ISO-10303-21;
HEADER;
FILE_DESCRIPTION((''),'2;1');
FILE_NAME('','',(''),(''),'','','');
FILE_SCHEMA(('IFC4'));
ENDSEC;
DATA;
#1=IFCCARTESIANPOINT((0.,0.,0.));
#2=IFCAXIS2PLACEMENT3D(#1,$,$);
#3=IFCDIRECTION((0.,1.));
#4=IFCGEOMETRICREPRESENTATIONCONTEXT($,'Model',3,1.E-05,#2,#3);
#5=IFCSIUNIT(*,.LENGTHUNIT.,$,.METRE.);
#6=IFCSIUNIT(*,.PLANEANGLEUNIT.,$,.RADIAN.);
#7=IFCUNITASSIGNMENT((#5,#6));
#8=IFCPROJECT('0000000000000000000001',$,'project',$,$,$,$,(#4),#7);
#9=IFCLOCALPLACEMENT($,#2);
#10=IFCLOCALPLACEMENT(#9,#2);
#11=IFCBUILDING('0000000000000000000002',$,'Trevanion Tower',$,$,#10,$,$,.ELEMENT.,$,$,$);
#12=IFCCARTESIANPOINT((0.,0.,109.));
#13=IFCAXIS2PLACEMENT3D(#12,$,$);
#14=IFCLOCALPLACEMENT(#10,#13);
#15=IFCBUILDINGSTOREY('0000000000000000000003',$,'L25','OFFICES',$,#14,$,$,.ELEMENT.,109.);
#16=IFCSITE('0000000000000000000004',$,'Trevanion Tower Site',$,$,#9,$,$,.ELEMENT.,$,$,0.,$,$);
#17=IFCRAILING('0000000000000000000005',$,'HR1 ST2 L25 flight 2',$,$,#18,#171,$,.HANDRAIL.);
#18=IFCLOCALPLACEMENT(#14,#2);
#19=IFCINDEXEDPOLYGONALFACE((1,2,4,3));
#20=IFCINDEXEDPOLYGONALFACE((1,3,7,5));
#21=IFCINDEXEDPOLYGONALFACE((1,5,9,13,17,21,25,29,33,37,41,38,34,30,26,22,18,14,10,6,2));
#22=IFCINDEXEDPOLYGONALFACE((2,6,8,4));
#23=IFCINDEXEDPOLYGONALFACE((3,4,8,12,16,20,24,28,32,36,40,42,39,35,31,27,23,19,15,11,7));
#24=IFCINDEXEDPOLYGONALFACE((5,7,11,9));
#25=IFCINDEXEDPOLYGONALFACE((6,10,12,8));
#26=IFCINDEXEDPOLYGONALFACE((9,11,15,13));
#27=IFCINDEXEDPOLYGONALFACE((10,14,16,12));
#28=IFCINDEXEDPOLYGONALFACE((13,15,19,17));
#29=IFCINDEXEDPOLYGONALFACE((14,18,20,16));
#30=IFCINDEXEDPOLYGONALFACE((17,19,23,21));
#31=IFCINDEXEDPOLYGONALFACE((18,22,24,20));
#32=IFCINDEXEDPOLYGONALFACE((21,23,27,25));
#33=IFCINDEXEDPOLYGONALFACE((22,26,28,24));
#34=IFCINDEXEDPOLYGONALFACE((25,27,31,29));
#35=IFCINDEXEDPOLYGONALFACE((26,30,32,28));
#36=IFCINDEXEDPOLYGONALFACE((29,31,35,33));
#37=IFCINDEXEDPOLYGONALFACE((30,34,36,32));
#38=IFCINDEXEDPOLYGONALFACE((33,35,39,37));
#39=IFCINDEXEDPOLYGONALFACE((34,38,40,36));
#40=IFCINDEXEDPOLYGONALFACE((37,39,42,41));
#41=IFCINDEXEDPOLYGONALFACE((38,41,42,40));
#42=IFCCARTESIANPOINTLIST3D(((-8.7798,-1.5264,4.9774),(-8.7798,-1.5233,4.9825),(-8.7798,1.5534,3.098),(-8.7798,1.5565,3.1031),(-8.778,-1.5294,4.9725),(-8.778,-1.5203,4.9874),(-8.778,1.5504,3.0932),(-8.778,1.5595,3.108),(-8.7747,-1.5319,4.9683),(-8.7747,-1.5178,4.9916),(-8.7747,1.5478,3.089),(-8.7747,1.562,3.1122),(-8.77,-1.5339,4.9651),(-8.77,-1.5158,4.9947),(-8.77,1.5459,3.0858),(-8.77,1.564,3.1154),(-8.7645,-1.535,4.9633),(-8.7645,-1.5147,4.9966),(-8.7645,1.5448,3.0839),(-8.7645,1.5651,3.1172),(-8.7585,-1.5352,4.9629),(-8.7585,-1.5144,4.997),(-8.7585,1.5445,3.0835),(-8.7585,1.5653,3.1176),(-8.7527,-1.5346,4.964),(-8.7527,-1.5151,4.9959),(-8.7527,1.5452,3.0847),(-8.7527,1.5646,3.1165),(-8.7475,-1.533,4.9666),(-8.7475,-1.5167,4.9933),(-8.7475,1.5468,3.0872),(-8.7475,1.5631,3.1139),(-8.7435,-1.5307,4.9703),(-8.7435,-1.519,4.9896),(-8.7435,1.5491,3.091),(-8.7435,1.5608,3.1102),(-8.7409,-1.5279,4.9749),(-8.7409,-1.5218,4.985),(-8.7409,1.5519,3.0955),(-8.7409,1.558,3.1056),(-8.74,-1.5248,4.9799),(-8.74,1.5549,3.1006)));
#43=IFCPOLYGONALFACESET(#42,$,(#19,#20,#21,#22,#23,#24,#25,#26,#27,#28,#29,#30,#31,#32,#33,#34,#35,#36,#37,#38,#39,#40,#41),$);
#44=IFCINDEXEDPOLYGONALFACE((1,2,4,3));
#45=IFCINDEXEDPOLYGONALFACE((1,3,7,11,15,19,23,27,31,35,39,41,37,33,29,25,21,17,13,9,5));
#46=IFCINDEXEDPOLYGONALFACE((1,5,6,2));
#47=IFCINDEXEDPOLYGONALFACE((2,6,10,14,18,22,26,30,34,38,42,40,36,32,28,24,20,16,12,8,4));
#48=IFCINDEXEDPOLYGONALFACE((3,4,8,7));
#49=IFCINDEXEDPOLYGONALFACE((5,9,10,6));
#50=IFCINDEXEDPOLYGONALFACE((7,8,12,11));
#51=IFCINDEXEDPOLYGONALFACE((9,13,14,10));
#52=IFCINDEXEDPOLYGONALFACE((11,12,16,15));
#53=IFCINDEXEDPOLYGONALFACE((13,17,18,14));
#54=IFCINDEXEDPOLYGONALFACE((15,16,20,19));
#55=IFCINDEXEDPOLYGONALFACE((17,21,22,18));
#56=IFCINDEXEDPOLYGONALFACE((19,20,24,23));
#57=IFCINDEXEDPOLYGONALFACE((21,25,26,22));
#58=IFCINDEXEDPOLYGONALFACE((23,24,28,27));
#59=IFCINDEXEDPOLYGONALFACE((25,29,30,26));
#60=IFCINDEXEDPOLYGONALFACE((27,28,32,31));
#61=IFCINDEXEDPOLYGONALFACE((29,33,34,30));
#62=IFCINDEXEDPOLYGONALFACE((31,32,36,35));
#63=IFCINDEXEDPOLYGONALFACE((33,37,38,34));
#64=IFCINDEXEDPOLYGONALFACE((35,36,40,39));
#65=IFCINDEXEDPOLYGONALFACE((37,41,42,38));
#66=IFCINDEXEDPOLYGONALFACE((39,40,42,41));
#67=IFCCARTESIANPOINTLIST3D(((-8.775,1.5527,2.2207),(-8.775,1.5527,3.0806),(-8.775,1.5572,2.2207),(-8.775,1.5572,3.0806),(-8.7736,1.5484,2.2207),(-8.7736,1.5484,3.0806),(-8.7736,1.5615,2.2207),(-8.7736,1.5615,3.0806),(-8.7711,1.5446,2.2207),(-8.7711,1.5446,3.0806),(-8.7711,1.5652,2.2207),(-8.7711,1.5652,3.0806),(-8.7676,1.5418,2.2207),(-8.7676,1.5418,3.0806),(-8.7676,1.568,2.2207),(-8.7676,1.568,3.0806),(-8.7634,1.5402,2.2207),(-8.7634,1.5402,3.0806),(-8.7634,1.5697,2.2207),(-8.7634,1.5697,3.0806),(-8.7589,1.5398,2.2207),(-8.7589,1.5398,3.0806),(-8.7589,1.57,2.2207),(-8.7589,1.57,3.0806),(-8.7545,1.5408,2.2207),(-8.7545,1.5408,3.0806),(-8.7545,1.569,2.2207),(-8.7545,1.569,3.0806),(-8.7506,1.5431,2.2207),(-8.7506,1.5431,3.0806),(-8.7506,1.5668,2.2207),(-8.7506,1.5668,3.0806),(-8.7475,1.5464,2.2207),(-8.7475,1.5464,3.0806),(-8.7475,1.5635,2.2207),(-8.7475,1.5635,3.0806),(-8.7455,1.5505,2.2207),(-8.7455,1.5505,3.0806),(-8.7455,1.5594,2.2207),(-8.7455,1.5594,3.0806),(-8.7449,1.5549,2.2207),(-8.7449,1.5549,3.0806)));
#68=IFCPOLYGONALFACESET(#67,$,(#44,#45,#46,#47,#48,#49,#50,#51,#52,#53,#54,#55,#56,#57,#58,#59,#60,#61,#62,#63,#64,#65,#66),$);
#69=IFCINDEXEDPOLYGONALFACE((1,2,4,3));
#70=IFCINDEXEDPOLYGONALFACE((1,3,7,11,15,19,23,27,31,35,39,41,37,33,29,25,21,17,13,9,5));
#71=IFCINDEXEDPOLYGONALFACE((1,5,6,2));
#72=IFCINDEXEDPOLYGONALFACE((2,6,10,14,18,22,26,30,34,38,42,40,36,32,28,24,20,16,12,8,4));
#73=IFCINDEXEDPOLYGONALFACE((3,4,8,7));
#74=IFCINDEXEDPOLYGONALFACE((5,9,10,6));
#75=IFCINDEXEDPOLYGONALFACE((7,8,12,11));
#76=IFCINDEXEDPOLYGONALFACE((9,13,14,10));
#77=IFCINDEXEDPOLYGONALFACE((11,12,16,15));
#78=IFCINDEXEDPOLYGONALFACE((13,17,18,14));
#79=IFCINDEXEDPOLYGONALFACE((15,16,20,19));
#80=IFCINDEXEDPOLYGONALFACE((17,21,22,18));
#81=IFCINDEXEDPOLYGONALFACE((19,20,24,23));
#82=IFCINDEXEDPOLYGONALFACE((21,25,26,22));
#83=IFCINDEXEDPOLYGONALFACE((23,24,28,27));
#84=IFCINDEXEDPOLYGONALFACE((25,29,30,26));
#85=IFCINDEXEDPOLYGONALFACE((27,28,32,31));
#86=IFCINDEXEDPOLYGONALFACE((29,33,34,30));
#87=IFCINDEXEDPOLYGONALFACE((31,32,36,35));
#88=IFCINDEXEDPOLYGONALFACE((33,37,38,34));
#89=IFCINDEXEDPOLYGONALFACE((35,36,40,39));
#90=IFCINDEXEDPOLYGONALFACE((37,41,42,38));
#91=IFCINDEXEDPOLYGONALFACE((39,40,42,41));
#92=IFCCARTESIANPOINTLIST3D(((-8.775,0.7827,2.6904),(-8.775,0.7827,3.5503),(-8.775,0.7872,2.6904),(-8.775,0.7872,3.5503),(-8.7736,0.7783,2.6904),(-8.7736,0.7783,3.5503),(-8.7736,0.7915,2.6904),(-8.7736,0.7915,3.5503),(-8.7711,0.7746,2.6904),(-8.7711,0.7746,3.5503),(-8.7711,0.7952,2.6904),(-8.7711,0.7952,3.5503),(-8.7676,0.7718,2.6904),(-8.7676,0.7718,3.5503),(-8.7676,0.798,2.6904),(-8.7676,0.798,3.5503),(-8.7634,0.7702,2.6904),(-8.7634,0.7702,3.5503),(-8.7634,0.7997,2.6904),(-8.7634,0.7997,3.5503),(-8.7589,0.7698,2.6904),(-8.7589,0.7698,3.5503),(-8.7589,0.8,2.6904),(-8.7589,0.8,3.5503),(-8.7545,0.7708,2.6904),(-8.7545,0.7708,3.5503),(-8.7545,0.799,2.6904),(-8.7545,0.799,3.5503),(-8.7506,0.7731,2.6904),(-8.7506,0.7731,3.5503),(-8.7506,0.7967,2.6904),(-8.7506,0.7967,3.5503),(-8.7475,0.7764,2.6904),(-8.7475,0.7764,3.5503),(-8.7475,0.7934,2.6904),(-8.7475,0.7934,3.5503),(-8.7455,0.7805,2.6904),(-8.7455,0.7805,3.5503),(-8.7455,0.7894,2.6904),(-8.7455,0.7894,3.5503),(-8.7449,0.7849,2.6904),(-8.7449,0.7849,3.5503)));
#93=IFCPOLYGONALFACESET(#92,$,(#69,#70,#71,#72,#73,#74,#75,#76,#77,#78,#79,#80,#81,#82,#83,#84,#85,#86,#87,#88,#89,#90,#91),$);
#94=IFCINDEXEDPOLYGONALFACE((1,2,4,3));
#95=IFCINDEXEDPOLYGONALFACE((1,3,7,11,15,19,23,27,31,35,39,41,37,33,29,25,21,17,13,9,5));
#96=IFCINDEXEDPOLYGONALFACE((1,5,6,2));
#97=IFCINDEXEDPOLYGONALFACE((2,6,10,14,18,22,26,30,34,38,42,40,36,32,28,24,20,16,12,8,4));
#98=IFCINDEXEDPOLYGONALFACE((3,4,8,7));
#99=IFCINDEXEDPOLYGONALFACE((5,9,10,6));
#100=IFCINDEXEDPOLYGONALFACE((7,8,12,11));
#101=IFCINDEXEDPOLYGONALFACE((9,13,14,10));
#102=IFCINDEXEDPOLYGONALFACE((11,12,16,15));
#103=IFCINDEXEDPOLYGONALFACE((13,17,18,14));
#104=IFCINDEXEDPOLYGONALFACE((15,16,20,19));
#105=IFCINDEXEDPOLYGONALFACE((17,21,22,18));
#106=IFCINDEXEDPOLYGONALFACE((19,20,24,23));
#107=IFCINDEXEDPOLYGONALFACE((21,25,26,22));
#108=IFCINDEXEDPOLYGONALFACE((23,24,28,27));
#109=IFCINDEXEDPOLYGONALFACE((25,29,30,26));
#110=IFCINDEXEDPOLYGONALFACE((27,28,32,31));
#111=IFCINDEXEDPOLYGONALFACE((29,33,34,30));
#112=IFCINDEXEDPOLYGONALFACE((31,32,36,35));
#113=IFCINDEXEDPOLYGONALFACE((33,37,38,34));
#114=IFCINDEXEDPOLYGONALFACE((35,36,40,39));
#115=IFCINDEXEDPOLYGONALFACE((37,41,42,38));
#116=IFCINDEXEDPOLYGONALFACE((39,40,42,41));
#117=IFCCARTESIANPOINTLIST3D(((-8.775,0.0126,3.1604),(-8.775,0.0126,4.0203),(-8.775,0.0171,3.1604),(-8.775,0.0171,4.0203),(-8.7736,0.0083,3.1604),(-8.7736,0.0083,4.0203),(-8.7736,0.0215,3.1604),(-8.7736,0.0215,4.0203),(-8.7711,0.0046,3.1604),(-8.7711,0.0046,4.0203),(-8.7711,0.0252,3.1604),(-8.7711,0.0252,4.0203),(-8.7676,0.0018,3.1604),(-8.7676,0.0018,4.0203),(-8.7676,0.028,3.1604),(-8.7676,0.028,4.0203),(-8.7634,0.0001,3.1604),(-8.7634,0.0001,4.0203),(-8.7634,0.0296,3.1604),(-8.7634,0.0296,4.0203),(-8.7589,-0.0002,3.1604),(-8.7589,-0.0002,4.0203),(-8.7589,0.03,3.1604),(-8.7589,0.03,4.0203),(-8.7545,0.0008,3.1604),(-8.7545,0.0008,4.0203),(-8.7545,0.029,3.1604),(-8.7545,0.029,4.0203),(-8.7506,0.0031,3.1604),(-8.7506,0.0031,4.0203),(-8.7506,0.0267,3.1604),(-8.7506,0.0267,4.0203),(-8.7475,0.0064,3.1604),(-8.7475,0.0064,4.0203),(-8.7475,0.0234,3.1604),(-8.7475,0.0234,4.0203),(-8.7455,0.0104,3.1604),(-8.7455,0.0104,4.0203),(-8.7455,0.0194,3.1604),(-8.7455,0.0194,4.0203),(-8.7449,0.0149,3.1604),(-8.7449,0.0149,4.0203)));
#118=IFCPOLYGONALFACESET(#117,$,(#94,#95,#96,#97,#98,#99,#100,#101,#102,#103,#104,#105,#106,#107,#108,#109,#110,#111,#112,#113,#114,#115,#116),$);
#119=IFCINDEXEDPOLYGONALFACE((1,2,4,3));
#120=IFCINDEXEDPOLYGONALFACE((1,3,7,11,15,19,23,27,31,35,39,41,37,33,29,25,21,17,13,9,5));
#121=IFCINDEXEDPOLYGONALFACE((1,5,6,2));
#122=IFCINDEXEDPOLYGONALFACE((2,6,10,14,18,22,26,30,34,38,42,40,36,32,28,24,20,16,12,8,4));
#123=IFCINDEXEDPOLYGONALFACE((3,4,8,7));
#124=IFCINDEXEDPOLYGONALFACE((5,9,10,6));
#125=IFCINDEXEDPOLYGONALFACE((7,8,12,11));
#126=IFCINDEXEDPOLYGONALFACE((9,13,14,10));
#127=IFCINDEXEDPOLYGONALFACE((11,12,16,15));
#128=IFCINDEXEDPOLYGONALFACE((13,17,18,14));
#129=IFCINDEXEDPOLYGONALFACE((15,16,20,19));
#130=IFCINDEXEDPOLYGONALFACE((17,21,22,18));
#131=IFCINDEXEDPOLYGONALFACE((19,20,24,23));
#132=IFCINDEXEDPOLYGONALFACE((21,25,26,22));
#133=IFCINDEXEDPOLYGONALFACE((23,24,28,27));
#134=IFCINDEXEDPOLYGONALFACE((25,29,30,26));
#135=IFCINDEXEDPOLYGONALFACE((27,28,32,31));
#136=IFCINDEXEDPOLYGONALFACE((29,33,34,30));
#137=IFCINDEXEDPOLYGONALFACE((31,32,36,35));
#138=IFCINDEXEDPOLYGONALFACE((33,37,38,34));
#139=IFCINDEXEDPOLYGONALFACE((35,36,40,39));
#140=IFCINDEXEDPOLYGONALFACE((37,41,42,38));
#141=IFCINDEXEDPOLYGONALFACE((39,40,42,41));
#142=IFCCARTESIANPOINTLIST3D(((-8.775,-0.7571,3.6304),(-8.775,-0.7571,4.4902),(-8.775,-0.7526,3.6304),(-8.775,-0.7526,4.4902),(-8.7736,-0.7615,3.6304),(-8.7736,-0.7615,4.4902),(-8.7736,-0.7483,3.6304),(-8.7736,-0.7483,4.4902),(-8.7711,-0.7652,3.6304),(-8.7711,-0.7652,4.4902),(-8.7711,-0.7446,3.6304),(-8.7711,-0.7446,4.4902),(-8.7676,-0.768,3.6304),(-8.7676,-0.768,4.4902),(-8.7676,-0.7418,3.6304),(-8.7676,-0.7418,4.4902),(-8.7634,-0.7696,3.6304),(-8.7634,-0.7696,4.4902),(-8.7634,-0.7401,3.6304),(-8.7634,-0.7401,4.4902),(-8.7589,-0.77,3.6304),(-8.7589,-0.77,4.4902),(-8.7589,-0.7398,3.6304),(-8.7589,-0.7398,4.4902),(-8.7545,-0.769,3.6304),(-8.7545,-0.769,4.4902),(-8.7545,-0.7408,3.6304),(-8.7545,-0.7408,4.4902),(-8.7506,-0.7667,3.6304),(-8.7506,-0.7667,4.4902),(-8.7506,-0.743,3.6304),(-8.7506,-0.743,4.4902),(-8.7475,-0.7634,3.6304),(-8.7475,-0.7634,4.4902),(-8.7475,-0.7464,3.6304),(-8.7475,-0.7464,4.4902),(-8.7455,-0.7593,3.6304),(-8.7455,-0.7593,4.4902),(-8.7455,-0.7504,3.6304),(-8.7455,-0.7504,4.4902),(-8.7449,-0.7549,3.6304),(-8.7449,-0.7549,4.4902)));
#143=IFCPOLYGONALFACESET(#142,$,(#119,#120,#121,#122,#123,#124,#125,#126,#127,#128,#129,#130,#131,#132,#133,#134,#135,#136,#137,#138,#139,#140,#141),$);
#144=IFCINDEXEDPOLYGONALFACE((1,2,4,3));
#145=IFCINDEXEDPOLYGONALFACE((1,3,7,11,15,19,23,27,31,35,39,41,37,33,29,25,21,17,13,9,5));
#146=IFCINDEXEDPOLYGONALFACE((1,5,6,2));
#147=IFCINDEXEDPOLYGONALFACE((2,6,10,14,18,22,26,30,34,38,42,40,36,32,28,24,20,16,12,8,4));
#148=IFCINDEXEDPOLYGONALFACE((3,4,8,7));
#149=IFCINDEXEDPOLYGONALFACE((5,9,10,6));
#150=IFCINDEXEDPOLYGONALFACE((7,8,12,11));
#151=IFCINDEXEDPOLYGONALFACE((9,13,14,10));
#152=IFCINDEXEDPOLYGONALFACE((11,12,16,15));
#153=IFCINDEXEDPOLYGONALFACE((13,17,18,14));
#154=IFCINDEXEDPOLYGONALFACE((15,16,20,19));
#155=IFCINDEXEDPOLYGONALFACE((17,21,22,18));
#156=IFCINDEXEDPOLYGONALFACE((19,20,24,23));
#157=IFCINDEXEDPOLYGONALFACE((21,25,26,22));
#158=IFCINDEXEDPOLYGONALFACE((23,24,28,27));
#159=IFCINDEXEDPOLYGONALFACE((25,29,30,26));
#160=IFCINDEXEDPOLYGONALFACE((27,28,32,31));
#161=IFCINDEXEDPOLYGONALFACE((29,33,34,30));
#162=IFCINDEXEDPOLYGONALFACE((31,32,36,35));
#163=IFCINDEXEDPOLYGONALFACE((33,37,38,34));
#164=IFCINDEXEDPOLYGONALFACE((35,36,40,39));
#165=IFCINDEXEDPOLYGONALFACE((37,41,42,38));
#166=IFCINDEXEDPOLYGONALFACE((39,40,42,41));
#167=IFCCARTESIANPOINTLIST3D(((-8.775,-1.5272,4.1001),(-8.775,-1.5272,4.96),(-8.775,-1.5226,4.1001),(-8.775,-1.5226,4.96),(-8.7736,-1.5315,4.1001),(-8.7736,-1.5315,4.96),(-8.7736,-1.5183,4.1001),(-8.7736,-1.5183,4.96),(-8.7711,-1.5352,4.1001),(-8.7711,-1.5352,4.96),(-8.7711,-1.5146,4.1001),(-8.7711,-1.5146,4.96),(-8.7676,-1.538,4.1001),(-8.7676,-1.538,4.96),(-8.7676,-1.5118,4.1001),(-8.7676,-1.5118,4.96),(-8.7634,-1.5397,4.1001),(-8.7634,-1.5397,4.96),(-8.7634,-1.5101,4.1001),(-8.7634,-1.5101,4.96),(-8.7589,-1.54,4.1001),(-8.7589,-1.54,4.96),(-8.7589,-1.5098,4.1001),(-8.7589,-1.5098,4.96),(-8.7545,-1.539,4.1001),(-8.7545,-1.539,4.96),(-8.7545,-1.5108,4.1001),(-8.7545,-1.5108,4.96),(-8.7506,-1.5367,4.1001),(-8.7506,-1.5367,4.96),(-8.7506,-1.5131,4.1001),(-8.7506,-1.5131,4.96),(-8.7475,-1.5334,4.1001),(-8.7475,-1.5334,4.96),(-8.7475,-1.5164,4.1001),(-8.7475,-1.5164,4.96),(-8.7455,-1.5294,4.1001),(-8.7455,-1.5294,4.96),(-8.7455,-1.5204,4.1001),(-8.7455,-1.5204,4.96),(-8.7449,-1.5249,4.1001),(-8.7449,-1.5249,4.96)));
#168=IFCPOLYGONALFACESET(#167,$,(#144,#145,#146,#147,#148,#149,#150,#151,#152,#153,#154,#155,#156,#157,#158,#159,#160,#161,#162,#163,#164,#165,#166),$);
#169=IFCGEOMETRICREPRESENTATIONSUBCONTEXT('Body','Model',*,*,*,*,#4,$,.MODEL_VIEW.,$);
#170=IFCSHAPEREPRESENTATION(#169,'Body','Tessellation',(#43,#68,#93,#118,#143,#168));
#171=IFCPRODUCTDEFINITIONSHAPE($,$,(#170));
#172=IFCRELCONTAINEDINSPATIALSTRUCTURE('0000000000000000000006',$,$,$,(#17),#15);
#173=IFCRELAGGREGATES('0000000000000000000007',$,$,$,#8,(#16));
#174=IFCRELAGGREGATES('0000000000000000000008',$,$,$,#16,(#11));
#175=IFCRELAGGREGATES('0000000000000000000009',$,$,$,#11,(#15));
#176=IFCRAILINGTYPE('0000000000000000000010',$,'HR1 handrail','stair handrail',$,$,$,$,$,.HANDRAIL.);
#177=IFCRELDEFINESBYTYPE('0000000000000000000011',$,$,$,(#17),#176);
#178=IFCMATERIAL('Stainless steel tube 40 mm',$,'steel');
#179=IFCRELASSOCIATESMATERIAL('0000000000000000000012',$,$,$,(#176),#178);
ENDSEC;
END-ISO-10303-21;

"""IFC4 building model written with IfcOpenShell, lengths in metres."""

from ifc_helpers import new_model, si_unit, direction, frame, origin, origin_2d, place, context, subcontext, project, spatial, circle, extrude, material, type_object, element, save


model = new_model("IFC4")

# Units and contexts
model_context = context("Model", 3, precision=1e-05, world=origin(), true_north=direction((0.0, 1.0)))
body_context = subcontext(model_context, "Body", "Model", "MODEL_VIEW")
ifc_project = project(units=[si_unit("LENGTHUNIT", "METRE"), si_unit("PLANEANGLEUNIT", "RADIAN")], contexts=[model_context])

# Site, building, storey
site_placement = place(None, origin())
site = spatial("IfcSite", under=ifc_project, at=site_placement, Name="Trevanion Tower Site", CompositionType="ELEMENT", RefElevation=0.0)
building_placement = place(site_placement, origin())
building = spatial("IfcBuilding", under=site, at=building_placement, Name="Trevanion Tower", CompositionType="ELEMENT")
storey_placement = place(building_placement, frame((0.0, 0.0, 109.0)))
storey = spatial("IfcBuildingStorey", under=building, at=storey_placement, Name="L25", Description="OFFICES", CompositionType="ELEMENT", Elevation=109.0)

# Railing
ifc_material_1 = material(Name="Stainless steel tube 40 mm", Category="steel")
railing_type = type_object("IfcRailingType", Name="HR1 handrail", Description="stair handrail", PredefinedType="HANDRAIL", material=ifc_material_1)
for number, where, name in (
    (1, (-8.76, 1.5549, 2.2207), "HR1 ST2 L25 flight 2"),
):
    element("IfcRailing", number, at=place(storey_placement, frame(where)), inside=storey, type_object=railing_type, Name=name, PredefinedType="HANDRAIL", context=body_context, shape_type="SweptSolid", body=[
        extrude(circle(Radius=0.02, at=origin_2d()), frame((0.0, 0.0, 0.8799), z_axis=(0.0, -0.853618, 0.5209), x_axis=(1.0, 0.0, 0.0)), (0.0, 0.0, 1.0), 3.6079),
        extrude(circle(Radius=0.0151, at=origin_2d()), origin(), (0.0, 0.0, 1.0), 0.8599),
        extrude(circle(Radius=0.0151, at=origin_2d()), frame((0.0, -0.77, 0.4697)), (0.0, 0.0, 1.0), 0.8599),
        extrude(circle(Radius=0.0151, at=origin_2d()), frame((0.0, -1.54, 0.9397)), (0.0, 0.0, 1.0), 0.8599),
        extrude(circle(Radius=0.0151, at=origin_2d()), frame((0.0, -2.3098, 1.4097)), (0.0, 0.0, 1.0), 0.8599),
        extrude(circle(Radius=0.0151, at=origin_2d()), frame((0.0, -3.0798, 1.8794)), (0.0, 0.0, 1.0), 0.8599),
    ])

save(model, "model.ifc")
